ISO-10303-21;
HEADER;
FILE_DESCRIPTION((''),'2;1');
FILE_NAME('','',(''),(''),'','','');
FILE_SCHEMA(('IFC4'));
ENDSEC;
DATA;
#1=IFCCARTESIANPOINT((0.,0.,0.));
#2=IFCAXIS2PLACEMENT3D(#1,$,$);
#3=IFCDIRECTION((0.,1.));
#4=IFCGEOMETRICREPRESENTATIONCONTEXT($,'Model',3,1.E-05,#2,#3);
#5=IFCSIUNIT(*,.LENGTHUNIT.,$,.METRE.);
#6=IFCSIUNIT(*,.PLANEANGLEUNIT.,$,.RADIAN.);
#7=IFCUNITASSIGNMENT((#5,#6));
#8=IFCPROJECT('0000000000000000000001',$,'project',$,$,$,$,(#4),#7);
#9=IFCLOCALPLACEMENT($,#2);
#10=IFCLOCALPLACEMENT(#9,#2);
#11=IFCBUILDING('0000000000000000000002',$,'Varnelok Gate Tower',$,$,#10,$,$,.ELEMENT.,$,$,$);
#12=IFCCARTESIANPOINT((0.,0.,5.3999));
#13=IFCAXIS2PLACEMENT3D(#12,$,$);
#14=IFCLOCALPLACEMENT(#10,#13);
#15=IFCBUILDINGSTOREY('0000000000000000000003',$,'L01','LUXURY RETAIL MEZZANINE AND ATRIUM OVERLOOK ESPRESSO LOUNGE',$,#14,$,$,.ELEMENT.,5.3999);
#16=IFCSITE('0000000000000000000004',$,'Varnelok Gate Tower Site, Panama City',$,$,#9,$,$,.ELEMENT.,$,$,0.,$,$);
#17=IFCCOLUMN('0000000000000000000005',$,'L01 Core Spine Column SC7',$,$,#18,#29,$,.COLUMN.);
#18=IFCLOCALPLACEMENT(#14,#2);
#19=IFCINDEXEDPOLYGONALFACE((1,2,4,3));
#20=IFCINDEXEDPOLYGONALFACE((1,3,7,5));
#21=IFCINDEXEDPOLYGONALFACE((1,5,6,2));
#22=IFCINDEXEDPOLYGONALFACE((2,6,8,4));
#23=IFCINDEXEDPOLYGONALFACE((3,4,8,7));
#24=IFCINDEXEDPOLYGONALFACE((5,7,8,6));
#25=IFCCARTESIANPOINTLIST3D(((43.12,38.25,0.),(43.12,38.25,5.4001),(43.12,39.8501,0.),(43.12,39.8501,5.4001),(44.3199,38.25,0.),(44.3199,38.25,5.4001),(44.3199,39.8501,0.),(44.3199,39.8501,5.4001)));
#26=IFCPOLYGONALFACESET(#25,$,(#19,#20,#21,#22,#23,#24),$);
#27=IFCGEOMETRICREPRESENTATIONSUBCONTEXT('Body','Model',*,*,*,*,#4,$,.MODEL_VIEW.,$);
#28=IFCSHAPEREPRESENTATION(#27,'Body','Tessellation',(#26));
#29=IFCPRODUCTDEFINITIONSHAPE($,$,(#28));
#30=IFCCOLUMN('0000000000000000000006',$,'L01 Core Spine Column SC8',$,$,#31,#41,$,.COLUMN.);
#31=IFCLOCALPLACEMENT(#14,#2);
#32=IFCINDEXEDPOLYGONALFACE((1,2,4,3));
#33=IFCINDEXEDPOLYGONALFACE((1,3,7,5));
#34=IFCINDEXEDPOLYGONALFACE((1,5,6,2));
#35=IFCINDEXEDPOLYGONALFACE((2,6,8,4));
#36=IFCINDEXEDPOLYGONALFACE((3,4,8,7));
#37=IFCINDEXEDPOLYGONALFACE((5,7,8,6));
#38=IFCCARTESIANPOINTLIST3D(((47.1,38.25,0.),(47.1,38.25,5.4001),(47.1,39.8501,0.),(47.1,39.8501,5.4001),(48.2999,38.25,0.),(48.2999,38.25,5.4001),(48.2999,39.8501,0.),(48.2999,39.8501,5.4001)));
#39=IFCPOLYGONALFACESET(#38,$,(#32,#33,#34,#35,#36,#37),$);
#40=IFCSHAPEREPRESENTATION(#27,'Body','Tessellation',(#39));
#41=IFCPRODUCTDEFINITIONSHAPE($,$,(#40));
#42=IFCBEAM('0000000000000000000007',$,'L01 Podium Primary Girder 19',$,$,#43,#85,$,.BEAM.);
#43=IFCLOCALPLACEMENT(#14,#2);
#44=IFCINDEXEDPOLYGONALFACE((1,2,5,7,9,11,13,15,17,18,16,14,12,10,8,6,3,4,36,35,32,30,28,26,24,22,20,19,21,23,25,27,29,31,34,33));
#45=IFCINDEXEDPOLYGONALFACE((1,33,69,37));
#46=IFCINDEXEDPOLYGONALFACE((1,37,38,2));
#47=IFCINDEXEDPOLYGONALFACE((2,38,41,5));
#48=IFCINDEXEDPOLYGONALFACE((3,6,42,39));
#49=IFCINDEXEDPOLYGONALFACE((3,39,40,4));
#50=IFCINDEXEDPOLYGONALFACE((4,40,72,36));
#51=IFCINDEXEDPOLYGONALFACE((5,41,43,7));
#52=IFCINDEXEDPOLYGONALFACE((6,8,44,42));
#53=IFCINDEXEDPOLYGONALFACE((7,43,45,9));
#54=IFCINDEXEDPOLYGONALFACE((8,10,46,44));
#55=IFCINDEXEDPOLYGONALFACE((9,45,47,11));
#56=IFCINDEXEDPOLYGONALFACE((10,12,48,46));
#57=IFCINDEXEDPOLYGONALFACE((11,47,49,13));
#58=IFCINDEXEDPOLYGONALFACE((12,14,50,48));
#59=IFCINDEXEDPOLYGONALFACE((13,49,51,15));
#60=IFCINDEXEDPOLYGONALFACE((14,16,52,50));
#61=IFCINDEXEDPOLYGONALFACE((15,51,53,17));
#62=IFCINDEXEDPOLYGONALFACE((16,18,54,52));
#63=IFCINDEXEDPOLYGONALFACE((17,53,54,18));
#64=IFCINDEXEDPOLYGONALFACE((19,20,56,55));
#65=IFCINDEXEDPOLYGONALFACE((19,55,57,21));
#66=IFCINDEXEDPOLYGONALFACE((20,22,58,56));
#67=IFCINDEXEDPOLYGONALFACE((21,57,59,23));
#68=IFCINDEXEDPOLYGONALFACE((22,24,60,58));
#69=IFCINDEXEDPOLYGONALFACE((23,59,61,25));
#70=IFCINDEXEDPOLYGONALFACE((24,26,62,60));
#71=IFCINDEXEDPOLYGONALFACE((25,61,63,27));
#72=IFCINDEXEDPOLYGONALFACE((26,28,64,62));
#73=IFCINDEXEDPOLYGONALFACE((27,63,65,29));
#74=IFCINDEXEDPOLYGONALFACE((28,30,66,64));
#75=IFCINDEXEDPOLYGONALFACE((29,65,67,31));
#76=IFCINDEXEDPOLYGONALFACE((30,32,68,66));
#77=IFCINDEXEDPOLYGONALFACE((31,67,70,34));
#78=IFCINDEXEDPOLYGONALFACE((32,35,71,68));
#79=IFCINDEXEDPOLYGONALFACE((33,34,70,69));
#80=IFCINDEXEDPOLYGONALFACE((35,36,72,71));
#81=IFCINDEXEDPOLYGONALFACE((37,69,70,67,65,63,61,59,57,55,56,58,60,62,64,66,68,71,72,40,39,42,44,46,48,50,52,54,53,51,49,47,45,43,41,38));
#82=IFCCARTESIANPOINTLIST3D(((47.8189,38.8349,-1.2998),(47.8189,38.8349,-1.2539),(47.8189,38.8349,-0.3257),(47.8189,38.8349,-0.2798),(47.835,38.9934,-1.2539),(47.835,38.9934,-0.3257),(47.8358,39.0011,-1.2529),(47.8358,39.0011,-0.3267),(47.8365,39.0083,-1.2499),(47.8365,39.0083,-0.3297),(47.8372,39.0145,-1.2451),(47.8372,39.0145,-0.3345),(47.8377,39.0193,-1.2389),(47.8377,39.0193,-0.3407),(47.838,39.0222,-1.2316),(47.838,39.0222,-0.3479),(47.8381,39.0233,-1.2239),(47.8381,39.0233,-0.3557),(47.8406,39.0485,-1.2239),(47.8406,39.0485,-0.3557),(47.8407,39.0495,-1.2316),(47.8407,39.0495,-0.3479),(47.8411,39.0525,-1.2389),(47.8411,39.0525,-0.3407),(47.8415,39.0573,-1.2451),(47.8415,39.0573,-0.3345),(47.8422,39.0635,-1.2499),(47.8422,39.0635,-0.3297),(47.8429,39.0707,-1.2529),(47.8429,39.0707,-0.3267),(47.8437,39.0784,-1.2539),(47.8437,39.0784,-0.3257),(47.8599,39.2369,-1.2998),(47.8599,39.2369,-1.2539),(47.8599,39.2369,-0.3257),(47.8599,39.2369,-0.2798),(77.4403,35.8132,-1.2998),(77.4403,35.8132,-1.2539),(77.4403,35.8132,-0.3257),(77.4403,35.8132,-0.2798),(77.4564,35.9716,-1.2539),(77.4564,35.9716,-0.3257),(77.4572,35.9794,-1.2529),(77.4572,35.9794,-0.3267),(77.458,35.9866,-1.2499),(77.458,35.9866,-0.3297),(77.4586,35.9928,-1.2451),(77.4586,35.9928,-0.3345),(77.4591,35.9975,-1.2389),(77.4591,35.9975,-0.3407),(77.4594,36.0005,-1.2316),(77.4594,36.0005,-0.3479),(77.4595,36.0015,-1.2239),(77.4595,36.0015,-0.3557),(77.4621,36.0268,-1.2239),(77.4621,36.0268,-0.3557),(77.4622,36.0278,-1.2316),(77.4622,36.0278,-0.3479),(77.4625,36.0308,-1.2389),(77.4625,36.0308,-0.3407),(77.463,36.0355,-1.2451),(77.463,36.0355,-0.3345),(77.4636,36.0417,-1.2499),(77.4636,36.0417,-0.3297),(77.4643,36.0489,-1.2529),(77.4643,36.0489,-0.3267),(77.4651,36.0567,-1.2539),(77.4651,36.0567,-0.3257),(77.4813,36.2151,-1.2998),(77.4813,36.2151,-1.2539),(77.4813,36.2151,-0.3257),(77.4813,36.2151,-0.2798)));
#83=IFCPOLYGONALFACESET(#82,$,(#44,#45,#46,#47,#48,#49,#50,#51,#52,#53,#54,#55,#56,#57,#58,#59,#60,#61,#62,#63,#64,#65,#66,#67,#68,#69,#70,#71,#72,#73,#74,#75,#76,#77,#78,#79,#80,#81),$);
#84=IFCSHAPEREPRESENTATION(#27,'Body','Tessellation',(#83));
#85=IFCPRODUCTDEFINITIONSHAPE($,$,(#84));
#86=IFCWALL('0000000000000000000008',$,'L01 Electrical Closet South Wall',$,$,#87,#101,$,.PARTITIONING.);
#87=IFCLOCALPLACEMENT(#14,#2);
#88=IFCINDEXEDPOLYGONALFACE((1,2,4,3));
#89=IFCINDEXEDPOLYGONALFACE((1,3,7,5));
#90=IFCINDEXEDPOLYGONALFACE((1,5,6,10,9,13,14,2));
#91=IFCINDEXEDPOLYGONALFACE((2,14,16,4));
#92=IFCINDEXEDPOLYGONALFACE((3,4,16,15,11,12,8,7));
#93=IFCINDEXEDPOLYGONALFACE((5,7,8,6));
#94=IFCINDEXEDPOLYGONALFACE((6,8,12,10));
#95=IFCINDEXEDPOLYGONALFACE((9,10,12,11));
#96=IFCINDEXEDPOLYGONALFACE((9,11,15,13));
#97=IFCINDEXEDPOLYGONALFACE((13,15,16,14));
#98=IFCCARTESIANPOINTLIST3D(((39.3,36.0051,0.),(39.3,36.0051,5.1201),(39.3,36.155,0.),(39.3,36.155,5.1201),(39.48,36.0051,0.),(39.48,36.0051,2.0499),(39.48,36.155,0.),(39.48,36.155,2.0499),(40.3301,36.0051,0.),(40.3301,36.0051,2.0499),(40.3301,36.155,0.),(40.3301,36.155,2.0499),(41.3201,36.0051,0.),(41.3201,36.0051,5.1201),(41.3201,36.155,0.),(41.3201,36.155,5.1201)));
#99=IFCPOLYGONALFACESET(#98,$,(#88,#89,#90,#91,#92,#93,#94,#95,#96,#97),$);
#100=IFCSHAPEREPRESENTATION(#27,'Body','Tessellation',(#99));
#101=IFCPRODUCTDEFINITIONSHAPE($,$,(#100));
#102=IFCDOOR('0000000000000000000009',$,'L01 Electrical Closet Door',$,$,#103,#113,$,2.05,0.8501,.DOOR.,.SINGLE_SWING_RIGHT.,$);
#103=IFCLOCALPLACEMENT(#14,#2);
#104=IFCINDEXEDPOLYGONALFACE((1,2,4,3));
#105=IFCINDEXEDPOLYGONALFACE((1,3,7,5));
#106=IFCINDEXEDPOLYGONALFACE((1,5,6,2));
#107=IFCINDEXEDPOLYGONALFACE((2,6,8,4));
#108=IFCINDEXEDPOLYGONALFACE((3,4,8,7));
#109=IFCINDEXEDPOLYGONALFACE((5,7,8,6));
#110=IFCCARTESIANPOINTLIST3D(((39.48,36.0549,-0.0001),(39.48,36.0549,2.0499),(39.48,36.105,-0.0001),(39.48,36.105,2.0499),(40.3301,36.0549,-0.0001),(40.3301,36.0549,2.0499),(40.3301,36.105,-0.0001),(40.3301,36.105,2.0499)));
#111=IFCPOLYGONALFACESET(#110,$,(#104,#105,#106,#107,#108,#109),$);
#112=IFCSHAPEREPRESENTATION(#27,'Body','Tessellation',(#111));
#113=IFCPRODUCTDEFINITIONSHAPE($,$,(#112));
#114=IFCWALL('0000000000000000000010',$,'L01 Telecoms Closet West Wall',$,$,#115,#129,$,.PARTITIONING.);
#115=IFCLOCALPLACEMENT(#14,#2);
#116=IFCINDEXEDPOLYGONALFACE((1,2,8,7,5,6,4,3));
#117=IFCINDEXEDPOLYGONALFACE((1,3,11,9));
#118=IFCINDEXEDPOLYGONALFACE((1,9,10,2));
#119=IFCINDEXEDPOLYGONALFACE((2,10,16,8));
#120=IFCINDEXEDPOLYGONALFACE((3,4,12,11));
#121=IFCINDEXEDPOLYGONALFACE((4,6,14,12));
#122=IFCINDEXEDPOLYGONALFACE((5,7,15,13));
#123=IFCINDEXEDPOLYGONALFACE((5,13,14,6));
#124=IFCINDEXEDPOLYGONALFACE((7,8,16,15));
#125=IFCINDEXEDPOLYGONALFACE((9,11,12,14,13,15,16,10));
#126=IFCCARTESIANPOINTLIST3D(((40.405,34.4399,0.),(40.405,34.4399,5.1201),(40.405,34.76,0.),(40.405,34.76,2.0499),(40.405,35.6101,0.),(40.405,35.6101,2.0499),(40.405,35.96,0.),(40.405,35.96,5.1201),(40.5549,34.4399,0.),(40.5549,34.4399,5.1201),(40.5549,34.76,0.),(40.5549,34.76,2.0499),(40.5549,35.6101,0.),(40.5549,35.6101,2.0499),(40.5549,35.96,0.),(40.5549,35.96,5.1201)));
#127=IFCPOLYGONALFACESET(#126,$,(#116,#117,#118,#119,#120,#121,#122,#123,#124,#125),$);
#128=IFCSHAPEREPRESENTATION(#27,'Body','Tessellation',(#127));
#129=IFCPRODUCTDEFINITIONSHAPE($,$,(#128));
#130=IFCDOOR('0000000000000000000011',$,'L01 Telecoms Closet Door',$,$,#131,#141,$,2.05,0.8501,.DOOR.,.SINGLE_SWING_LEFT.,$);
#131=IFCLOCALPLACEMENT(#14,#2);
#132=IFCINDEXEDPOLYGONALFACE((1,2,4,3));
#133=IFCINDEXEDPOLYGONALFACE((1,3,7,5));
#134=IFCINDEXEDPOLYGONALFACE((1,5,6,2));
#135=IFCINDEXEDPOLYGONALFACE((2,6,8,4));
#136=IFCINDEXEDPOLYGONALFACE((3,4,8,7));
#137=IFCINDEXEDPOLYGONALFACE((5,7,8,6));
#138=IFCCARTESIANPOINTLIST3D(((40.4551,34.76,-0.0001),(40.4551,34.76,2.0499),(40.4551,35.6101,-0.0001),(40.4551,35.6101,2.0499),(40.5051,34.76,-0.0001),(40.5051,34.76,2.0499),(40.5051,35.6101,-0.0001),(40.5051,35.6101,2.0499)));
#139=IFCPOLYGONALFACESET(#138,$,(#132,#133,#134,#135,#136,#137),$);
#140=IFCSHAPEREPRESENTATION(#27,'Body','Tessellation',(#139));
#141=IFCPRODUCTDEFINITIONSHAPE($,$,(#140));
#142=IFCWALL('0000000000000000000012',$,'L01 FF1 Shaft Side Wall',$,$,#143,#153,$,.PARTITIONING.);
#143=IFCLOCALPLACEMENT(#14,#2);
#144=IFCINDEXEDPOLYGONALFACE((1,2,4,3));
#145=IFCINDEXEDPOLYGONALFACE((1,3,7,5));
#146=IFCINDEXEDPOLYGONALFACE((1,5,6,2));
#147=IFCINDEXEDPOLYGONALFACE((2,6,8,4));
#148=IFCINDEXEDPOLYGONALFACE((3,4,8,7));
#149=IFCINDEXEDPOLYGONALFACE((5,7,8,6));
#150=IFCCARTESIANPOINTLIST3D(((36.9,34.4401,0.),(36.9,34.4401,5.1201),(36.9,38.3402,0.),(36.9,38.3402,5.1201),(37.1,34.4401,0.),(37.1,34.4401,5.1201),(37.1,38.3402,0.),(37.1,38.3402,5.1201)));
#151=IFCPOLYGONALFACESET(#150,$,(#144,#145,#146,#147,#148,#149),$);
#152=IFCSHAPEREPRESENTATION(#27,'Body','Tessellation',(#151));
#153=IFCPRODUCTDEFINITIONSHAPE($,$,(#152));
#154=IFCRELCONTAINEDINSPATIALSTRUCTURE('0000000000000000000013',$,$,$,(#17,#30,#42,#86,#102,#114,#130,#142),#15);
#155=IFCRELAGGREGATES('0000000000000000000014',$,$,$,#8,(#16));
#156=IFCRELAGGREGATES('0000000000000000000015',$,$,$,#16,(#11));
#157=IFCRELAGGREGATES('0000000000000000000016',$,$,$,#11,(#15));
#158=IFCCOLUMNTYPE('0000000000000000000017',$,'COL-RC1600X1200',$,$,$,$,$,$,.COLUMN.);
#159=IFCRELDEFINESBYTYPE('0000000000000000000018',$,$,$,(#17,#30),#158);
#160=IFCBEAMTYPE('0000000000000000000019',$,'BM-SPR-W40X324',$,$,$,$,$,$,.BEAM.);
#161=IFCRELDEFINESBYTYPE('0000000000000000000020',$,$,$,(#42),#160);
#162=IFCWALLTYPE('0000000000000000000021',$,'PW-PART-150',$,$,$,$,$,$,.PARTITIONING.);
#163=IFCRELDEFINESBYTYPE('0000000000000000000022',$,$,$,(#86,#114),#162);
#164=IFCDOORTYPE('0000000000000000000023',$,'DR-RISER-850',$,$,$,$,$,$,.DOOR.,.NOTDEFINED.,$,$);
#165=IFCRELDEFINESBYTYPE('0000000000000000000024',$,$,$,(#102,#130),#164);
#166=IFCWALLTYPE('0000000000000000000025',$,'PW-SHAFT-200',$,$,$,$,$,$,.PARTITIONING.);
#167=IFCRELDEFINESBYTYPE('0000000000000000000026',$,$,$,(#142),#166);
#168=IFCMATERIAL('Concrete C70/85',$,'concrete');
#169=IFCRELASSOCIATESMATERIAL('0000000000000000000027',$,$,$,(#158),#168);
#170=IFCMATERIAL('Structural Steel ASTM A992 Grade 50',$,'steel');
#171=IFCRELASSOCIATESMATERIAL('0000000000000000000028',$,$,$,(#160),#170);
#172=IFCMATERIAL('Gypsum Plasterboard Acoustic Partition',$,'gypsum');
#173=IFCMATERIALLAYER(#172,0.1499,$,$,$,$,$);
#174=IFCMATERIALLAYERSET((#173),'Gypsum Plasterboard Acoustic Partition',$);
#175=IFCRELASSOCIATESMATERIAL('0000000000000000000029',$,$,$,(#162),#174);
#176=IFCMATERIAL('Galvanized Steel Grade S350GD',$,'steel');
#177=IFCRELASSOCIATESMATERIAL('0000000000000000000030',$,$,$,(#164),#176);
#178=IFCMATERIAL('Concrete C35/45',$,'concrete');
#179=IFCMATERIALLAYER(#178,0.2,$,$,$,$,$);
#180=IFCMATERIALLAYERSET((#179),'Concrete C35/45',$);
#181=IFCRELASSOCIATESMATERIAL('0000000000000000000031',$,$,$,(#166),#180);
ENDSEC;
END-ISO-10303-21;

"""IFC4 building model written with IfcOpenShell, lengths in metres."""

from ifc_helpers import new_model, si_unit, direction, frame, frame_2d, origin, origin_2d, place, context, subcontext, project, spatial, rectangle, i_section, extrude, material, layer, layer_set, material_profile, profile_set, type_object, element, fill, save


model = new_model("IFC4")

# Units and contexts
model_context = context("Model", 3, precision=1e-05, world=origin(), true_north=direction((0.0, 1.0)))
body_context = subcontext(model_context, "Body", "Model", "MODEL_VIEW")
ifc_project = project(units=[si_unit("LENGTHUNIT", "METRE"), si_unit("PLANEANGLEUNIT", "RADIAN")], contexts=[model_context])

# Site, building, storey
site_placement = place(None, origin())
site = spatial("IfcSite", under=ifc_project, at=site_placement, Name="Varnelok Gate Tower Site, Panama City", CompositionType="ELEMENT", RefElevation=0.0)
building_placement = place(site_placement, origin())
building = spatial("IfcBuilding", under=site, at=building_placement, Name="Varnelok Gate Tower", CompositionType="ELEMENT")
storey_placement = place(building_placement, frame((0.0, 0.0, 5.3999)))
storey = spatial("IfcBuildingStorey", under=building, at=storey_placement, Name="L01", Description="LUXURY RETAIL MEZZANINE AND ATRIUM OVERLOOK ESPRESSO LOUNGE", CompositionType="ELEMENT", Elevation=5.3999)

# Columns
ifc_material_1 = material(Name="Concrete C70/85", Category="concrete")
ifc_material_profile_1 = material_profile(ifc_material_1, rectangle(XDim=1.2, YDim=1.6001, at=origin_2d()), Name="RC1600X1200")
ifc_profile_set_1 = profile_set([ifc_material_profile_1], Name="Concrete C70/85")
column_type = type_object("IfcColumnType", Name="COL-RC1600X1200", PredefinedType="COLUMN", material=ifc_profile_set_1)
for number, where, z_axis, x_axis, name in (
    (1, (43.72, 39.05, 0.0), (0.0, 0.0, 1.0), (1.0, 0.0, 0.0), "L01 Core Spine Column SC7"),
    (2, (47.7, 39.05, 0.0), (0.0, 0.0, 1.0), (1.0, 0.0, 0.0), "L01 Core Spine Column SC8"),
):
    element("IfcColumn", number, at=place(storey_placement, frame(where, z_axis=z_axis, x_axis=x_axis)), inside=storey, type_object=column_type, Name=name, PredefinedType="COLUMN", context=body_context, shape_type="SweptSolid", body=[
        extrude(rectangle(XDim=1.2, YDim=1.6001, at=origin_2d()), origin(), (0.0, 0.0, 1.0), 5.4001),
    ])

# Beam
ifc_material_2 = material(Name="Structural Steel ASTM A992 Grade 50", Category="steel")
ifc_material_profile_2 = material_profile(ifc_material_2, i_section(OverallWidth=0.4041, OverallDepth=1.02, WebThickness=0.0254, FlangeThickness=0.0459, FilletRadius=0.03, at=origin_2d()), Name="W40X324")
ifc_profile_set_2 = profile_set([ifc_material_profile_2], Name="Structural Steel ASTM A992 Grade 50")
beam_type = type_object("IfcBeamType", Name="BM-SPR-W40X324", PredefinedType="BEAM", material=ifc_profile_set_2)
beam_placement = place(storey_placement, frame((47.8394, 39.0359, -0.7898), z_axis=(0.994837, -0.101485, 0.0), x_axis=(0.101485, 0.994837, 0.0)))
element("IfcBeam", 3, at=beam_placement, inside=storey, type_object=beam_type, Name="L01 Podium Primary Girder 19", PredefinedType="BEAM", context=body_context, shape_type="SweptSolid", body=[
    extrude(i_section(OverallWidth=0.4041, OverallDepth=1.02, WebThickness=0.0254, FlangeThickness=0.0459, FilletRadius=0.03, at=origin_2d()), origin(), (0.0, 0.0, 1.0), 29.7751),
])

# Walls, openings, doors
ifc_material_3 = material(Name="Gypsum Plasterboard Acoustic Partition", Category="gypsum")
ifc_layer_1 = layer(ifc_material_3, 0.1499)
ifc_layer_set_1 = layer_set([ifc_layer_1], Name="Gypsum Plasterboard Acoustic Partition")
wall_type_1 = type_object("IfcWallType", Name="PW-PART-150", PredefinedType="PARTITIONING", material=ifc_layer_set_1)
wall_1_placement = place(storey_placement, frame((39.3, 36.0801, 0.0), z_axis=(0.0, 0.0, 1.0), x_axis=(1.0, 0.0, 0.0)))
wall_1 = element("IfcWall", 4, at=wall_1_placement, inside=storey, type_object=wall_type_1, Name="L01 Electrical Closet South Wall", PredefinedType="PARTITIONING", context=body_context, shape_type="SweptSolid", body=[
    extrude(rectangle(XDim=2.02, YDim=0.1499, at=frame_2d((1.01, 0.0))), origin(), (0.0, 0.0, 1.0), 5.1201),
])
opening_1_placement = place(wall_1_placement, frame((0.1799, 0.0, 0.0)))
opening_1 = element("IfcOpeningElement", 5, at=opening_1_placement, cuts=wall_1, PredefinedType="OPENING", context=body_context, shape_type="SweptSolid", body=[
    extrude(rectangle(XDim=0.8501, YDim=2.05, at=frame_2d((0.425, 1.0249))), frame((0.0, 0.085, 0.0), z_axis=(0.0, -1.0, 0.0), x_axis=(1.0, 0.0, 0.0)), (0.0, 0.0, 1.0), 0.1699),
])
ifc_material_4 = material(Name="Galvanized Steel Grade S350GD", Category="steel")
door_type_1 = type_object("IfcDoorType", Name="DR-RISER-850", OperationType="NOTDEFINED", PredefinedType="DOOR", material=ifc_material_4)
door_1_placement = place(opening_1_placement, origin())
door_1 = element("IfcDoor", 6, at=door_1_placement, inside=storey, type_object=door_type_1, Name="L01 Electrical Closet Door", OperationType="SINGLE_SWING_RIGHT", OverallHeight=2.05, OverallWidth=0.8501, PredefinedType="DOOR", context=body_context, shape_type="SweptSolid", body=[
    extrude(rectangle(XDim=0.8501, YDim=2.05, at=frame_2d((0.425, 1.0249))), frame((0.0, 0.0249, 0.0), z_axis=(0.0, -1.0, 0.0), x_axis=(1.0, 0.0, 0.0)), (0.0, 0.0, 1.0), 0.05),
])
fill(opening_1, door_1)
wall_2_placement = place(storey_placement, frame((40.48, 34.4399, 0.0), z_axis=(0.0, 0.0, 1.0), x_axis=(0.0, 1.0, 0.0)))
wall_2 = element("IfcWall", 7, at=wall_2_placement, inside=storey, type_object=wall_type_1, Name="L01 Telecoms Closet West Wall", PredefinedType="PARTITIONING", context=body_context, shape_type="SweptSolid", body=[
    extrude(rectangle(XDim=1.52, YDim=0.1499, at=frame_2d((0.76, 0.0))), origin(), (0.0, 0.0, 1.0), 5.1201),
])
opening_2_placement = place(wall_2_placement, frame((0.3201, 0.0, 0.0)))
opening_2 = element("IfcOpeningElement", 8, at=opening_2_placement, cuts=wall_2, PredefinedType="OPENING", context=body_context, shape_type="SweptSolid", body=[
    extrude(rectangle(XDim=0.8501, YDim=2.05, at=frame_2d((0.425, 1.0249))), frame((0.0, 0.085, 0.0), z_axis=(0.0, -1.0, 0.0), x_axis=(1.0, 0.0, 0.0)), (0.0, 0.0, 1.0), 0.1699),
])
door_2_placement = place(opening_2_placement, origin())
door_2 = element("IfcDoor", 9, at=door_2_placement, inside=storey, type_object=door_type_1, Name="L01 Telecoms Closet Door", OperationType="SINGLE_SWING_LEFT", OverallHeight=2.05, OverallWidth=0.8501, PredefinedType="DOOR", context=body_context, shape_type="SweptSolid", body=[
    extrude(rectangle(XDim=0.8501, YDim=2.05, at=frame_2d((0.425, 1.0249))), frame((0.0, 0.0249, 0.0), z_axis=(0.0, -1.0, 0.0), x_axis=(1.0, 0.0, 0.0)), (0.0, 0.0, 1.0), 0.05),
])
fill(opening_2, door_2)

# Wall
ifc_material_5 = material(Name="Concrete C35/45", Category="concrete")
ifc_layer_2 = layer(ifc_material_5, 0.2)
ifc_layer_set_2 = layer_set([ifc_layer_2], Name="Concrete C35/45")
wall_type_2 = type_object("IfcWallType", Name="PW-SHAFT-200", PredefinedType="PARTITIONING", material=ifc_layer_set_2)
wall_3_placement = place(storey_placement, frame((37.0, 34.4399, 0.0), z_axis=(0.0, 0.0, 1.0), x_axis=(0.0, 1.0, 0.0)))
element("IfcWall", 10, at=wall_3_placement, inside=storey, type_object=wall_type_2, Name="L01 FF1 Shaft Side Wall", PredefinedType="PARTITIONING", context=body_context, shape_type="SweptSolid", body=[
    extrude(rectangle(XDim=3.9001, YDim=0.2, at=frame_2d((1.9502, 0.0))), origin(), (0.0, 0.0, 1.0), 5.1201),
])

save(model, "model.ifc")
